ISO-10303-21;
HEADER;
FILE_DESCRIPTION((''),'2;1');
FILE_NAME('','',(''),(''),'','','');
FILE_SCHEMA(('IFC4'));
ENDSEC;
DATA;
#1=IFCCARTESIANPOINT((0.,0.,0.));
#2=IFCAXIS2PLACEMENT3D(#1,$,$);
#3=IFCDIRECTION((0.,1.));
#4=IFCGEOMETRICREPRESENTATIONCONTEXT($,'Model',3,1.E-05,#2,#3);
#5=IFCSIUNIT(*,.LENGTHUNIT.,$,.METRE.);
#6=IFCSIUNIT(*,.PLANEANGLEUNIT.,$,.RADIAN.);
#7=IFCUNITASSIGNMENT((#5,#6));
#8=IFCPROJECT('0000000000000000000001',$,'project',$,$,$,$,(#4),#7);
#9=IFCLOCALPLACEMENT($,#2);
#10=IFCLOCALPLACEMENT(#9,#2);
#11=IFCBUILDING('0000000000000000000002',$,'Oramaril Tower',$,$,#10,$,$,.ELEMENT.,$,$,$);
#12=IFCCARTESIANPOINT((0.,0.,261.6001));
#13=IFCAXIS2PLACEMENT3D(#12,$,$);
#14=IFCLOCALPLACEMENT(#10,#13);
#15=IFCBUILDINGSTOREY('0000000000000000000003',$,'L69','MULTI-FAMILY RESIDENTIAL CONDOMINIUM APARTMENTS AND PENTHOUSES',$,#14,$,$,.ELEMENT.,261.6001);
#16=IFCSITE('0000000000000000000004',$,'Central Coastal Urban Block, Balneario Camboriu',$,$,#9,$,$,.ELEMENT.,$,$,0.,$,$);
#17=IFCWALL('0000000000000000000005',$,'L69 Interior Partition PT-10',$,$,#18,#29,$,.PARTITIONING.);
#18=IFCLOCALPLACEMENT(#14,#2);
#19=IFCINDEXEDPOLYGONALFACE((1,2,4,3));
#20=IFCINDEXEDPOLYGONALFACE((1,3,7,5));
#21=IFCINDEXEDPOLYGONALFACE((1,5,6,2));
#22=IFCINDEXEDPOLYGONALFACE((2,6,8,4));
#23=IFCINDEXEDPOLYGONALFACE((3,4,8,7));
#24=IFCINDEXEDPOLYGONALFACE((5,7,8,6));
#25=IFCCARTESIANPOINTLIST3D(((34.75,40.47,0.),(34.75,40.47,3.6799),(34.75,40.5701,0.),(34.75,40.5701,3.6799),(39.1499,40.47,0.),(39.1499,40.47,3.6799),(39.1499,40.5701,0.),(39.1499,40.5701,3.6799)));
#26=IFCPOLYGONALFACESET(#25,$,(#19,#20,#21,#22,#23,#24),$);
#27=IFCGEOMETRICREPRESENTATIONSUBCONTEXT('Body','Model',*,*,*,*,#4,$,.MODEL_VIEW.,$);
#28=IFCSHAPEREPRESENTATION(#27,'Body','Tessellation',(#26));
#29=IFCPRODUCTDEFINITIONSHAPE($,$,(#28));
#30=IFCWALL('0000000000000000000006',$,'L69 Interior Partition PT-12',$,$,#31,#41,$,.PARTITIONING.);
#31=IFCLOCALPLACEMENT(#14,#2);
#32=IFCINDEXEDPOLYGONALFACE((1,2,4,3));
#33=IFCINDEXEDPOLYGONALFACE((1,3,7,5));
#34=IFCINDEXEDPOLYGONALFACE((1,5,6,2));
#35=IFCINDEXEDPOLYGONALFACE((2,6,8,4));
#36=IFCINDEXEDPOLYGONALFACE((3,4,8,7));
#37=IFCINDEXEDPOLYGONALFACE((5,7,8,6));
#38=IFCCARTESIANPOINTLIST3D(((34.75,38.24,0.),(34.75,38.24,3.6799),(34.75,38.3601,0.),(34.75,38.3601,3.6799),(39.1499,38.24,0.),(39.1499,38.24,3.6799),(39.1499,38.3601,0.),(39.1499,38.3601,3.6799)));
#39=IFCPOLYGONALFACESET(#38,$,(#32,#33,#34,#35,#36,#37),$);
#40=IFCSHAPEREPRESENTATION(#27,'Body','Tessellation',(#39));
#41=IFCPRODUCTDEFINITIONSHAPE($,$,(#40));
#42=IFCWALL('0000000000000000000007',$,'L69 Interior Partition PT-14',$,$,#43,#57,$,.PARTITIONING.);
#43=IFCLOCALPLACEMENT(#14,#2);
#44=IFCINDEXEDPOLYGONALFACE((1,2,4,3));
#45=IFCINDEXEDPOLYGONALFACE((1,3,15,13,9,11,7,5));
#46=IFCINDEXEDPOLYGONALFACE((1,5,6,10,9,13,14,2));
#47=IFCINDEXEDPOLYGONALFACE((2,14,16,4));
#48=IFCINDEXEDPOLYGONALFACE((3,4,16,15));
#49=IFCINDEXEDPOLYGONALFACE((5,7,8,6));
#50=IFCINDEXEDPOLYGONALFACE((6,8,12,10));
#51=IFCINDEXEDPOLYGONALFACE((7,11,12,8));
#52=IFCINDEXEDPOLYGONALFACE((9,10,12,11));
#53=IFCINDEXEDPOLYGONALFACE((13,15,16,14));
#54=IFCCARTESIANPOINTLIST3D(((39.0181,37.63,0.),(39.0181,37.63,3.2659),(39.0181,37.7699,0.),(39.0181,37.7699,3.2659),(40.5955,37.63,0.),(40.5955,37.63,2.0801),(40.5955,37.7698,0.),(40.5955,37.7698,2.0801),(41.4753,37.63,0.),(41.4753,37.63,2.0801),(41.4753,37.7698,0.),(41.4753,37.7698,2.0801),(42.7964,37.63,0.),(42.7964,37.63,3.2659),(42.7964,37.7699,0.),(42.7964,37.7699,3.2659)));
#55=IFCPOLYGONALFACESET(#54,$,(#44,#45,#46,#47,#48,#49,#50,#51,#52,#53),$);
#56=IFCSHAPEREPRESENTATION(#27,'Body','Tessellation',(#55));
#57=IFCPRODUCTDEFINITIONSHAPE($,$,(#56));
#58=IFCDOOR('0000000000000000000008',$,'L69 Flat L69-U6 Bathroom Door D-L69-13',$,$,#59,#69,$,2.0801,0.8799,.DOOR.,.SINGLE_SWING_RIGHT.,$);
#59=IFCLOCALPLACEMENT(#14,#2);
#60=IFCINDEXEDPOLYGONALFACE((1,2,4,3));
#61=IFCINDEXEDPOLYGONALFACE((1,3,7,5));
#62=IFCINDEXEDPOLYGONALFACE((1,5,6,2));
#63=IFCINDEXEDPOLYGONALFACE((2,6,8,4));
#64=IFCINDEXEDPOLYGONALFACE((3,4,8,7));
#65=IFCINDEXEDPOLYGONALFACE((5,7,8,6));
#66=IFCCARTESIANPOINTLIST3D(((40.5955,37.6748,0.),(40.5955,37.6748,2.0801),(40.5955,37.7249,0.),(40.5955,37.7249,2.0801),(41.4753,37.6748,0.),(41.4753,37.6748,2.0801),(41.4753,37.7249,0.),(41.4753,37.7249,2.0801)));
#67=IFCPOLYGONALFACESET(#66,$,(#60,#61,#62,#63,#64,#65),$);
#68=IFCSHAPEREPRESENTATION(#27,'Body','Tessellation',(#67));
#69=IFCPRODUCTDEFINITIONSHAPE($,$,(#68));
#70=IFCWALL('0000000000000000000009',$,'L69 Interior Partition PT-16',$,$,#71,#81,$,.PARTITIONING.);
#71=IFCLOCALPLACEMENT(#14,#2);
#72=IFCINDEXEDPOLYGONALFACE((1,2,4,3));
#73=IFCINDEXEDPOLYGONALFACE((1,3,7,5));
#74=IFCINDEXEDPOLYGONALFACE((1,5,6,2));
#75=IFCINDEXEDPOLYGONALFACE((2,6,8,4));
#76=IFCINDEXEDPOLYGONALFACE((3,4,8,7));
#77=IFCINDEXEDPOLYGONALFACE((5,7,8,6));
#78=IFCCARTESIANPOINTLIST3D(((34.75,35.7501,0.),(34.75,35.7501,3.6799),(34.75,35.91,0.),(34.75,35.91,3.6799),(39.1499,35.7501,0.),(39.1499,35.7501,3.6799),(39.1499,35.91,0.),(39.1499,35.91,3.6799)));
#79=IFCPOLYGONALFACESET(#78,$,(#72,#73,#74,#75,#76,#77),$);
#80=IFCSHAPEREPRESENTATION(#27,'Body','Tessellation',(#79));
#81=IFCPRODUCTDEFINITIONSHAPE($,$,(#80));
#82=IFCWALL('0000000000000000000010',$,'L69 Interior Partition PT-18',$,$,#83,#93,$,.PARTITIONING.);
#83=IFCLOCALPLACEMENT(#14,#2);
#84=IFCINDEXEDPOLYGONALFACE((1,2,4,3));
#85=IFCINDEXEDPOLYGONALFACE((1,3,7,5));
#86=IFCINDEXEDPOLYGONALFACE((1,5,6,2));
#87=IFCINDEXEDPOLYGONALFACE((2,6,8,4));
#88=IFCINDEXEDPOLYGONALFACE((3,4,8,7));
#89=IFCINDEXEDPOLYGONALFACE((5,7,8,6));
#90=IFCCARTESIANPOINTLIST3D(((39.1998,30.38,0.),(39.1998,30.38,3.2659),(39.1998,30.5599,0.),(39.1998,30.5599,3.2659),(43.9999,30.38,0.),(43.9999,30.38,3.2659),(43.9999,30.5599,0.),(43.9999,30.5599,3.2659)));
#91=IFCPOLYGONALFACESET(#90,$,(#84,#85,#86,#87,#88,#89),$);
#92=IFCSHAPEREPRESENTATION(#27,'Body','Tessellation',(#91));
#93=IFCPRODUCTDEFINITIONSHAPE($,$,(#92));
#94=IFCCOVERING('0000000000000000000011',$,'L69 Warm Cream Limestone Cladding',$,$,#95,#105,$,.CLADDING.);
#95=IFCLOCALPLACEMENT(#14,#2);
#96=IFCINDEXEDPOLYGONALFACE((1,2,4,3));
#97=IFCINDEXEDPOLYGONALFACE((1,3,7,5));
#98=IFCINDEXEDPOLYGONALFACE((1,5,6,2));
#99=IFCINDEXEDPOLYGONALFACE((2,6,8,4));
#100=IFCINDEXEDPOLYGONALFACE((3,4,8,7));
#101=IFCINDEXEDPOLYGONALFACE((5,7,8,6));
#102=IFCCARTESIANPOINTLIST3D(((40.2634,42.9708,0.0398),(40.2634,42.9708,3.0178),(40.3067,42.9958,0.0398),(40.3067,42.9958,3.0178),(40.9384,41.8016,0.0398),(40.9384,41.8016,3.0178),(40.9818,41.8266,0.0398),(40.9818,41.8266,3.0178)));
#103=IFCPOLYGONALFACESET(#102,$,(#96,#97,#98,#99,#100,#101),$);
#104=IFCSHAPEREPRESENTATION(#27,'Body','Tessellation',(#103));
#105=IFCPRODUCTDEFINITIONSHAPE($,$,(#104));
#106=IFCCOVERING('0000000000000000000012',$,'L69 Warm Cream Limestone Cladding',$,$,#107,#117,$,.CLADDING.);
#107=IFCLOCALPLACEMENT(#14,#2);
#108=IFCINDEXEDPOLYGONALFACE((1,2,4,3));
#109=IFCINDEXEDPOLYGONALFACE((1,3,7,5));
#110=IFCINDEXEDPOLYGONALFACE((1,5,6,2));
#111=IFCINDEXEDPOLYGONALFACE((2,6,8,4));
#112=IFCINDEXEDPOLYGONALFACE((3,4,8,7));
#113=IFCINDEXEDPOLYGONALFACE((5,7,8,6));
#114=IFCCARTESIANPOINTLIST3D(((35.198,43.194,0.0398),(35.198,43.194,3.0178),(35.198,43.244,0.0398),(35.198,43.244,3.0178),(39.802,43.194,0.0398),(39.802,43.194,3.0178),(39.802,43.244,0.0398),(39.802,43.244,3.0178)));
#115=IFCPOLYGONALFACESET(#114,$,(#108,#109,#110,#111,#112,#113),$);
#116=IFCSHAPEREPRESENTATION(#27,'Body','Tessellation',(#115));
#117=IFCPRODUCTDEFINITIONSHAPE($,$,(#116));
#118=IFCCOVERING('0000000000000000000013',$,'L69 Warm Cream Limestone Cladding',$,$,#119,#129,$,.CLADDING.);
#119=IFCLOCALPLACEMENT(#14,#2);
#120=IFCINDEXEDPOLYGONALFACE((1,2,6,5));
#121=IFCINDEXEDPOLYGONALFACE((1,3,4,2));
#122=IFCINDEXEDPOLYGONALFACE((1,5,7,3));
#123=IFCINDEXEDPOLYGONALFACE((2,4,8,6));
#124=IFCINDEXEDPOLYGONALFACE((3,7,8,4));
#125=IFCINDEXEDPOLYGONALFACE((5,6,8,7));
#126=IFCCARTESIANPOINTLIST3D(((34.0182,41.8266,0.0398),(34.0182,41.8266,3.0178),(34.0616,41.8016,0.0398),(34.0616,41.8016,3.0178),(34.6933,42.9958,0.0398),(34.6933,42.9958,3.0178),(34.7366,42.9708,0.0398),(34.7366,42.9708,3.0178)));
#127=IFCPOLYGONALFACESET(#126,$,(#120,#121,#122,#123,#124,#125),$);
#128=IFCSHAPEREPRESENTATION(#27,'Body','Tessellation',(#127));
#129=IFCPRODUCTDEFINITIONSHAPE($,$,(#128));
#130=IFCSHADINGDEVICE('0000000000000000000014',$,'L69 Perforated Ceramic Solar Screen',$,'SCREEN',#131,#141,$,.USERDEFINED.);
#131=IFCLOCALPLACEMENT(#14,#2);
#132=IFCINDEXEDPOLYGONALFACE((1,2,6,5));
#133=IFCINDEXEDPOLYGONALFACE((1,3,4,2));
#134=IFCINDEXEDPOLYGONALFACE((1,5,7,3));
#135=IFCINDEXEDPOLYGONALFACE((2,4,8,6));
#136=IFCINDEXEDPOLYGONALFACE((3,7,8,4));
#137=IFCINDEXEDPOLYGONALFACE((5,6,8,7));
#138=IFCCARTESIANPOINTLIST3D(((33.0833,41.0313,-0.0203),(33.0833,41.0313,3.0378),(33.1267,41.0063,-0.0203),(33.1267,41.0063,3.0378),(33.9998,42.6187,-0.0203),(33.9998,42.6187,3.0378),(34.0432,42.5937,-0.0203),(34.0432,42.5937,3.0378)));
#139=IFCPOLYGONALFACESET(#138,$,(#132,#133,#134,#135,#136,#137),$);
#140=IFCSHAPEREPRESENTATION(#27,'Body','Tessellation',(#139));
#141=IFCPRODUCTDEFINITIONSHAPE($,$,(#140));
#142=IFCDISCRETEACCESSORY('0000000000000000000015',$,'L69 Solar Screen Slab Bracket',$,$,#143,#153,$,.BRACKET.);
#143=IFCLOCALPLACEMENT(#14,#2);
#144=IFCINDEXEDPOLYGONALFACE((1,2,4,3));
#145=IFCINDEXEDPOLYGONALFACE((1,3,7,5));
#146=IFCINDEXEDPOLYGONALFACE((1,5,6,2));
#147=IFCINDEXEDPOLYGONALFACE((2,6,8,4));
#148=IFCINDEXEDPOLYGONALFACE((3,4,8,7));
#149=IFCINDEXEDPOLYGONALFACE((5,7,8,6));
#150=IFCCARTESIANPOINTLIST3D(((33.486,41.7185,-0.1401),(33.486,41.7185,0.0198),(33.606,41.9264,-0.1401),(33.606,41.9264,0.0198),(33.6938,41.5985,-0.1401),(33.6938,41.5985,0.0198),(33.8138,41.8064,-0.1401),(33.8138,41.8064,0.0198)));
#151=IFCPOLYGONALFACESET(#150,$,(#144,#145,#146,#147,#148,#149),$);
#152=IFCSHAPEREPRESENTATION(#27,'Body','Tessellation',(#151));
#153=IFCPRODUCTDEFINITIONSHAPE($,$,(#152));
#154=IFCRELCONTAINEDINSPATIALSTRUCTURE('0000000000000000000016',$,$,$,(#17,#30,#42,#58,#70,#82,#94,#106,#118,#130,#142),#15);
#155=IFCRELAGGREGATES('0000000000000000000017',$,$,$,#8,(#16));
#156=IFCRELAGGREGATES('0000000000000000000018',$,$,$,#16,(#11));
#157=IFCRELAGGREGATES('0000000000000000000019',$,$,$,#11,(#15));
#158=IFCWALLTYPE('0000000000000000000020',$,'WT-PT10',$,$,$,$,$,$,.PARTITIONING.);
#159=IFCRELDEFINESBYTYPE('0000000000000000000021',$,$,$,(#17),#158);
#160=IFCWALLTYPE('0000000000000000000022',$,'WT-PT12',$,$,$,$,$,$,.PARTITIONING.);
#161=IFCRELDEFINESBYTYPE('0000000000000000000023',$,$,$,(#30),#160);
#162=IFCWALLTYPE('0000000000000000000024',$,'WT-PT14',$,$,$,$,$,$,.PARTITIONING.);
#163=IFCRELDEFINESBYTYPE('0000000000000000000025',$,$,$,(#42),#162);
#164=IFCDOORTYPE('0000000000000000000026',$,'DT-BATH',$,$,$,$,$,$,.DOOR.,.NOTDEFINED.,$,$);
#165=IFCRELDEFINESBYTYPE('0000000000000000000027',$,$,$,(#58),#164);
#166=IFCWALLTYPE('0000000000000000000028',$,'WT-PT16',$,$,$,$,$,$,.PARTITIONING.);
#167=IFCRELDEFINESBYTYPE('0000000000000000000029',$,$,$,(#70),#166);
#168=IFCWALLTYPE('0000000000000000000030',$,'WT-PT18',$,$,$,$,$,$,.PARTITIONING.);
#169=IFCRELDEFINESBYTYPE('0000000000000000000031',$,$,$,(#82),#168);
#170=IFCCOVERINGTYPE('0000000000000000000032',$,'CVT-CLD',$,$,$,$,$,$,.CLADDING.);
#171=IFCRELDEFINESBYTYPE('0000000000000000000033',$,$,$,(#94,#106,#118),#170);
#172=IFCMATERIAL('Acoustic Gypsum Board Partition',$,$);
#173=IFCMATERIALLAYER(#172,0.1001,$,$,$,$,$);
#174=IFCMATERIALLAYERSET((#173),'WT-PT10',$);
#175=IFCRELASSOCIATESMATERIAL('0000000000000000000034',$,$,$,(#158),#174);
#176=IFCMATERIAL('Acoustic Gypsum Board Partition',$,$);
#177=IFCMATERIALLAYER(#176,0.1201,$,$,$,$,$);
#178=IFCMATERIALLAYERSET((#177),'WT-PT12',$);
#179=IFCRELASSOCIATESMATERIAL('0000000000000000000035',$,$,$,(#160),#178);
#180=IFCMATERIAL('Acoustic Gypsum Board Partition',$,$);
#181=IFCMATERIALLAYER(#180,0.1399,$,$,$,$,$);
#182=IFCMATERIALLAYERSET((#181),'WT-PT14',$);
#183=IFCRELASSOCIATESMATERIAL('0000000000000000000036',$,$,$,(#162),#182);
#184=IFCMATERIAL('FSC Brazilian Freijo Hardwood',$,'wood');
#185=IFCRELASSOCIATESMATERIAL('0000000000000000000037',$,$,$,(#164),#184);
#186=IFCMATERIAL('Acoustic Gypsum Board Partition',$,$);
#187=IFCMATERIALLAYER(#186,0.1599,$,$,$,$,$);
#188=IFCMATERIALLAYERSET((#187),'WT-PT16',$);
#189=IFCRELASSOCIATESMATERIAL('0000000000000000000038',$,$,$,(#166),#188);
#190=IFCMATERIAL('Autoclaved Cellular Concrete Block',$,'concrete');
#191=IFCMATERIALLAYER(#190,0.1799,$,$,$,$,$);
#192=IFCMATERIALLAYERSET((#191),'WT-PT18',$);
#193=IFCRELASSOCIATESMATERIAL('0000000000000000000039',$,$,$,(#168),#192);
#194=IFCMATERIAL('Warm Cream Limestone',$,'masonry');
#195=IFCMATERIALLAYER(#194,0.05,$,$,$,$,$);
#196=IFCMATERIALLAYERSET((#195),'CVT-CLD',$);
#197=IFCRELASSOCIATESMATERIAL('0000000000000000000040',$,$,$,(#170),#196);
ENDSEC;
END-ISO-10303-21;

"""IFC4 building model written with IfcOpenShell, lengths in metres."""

from ifc_helpers import new_model, si_unit, direction, frame, frame_2d, origin, origin_2d, place, context, subcontext, project, spatial, rectangle, extrude, material, layer, layer_set, type_object, element, fill, save


model = new_model("IFC4")

# Units and contexts
model_context = context("Model", 3, precision=1e-05, world=origin(), true_north=direction((0.0, 1.0)))
body_context = subcontext(model_context, "Body", "Model", "MODEL_VIEW")
ifc_project = project(units=[si_unit("LENGTHUNIT", "METRE"), si_unit("PLANEANGLEUNIT", "RADIAN")], contexts=[model_context])

# Site, building, storey
site_placement = place(None, origin())
site = spatial("IfcSite", under=ifc_project, at=site_placement, Name="Central Coastal Urban Block, Balneario Camboriu", CompositionType="ELEMENT", RefElevation=0.0)
building_placement = place(site_placement, origin())
building = spatial("IfcBuilding", under=site, at=building_placement, Name="Oramaril Tower", CompositionType="ELEMENT")
storey_placement = place(building_placement, frame((0.0, 0.0, 261.6001)))
storey = spatial("IfcBuildingStorey", under=building, at=storey_placement, Name="L69", Description="MULTI-FAMILY RESIDENTIAL CONDOMINIUM APARTMENTS AND PENTHOUSES", CompositionType="ELEMENT", Elevation=261.6001)

# Walls
ifc_material_1 = material(Name="Acoustic Gypsum Board Partition")
ifc_layer_1 = layer(ifc_material_1, 0.1001)
ifc_layer_set_1 = layer_set([ifc_layer_1], Name="WT-PT10")
wall_type_1 = type_object("IfcWallType", Name="WT-PT10", PredefinedType="PARTITIONING", material=ifc_layer_set_1)
for number, where, z_axis, x_axis, name in (
    (1, (34.75, 40.52, 0.0), (0.0, 0.0, 1.0), (1.0, 0.0, 0.0), "L69 Interior Partition PT-10"),
):
    element("IfcWall", number, at=place(storey_placement, frame(where, z_axis=z_axis, x_axis=x_axis)), inside=storey, type_object=wall_type_1, Name=name, PredefinedType="PARTITIONING", context=body_context, shape_type="SweptSolid", body=[
        extrude(rectangle(XDim=4.3999, YDim=0.1001, at=frame_2d((2.2, 0.0))), origin(), (0.0, 0.0, 1.0), 3.6799),
    ])
ifc_material_2 = material(Name="Acoustic Gypsum Board Partition")
ifc_layer_2 = layer(ifc_material_2, 0.1201)
ifc_layer_set_2 = layer_set([ifc_layer_2], Name="WT-PT12")
wall_type_2 = type_object("IfcWallType", Name="WT-PT12", PredefinedType="PARTITIONING", material=ifc_layer_set_2)
wall_1_placement = place(storey_placement, frame((34.75, 38.3, 0.0), z_axis=(0.0, 0.0, 1.0), x_axis=(1.0, 0.0, 0.0)))
element("IfcWall", 2, at=wall_1_placement, inside=storey, type_object=wall_type_2, Name="L69 Interior Partition PT-12", PredefinedType="PARTITIONING", context=body_context, shape_type="SweptSolid", body=[
    extrude(rectangle(XDim=4.3999, YDim=0.1201, at=frame_2d((2.2, 0.0))), origin(), (0.0, 0.0, 1.0), 3.6799),
])

# Wall, opening, door
ifc_material_3 = material(Name="Acoustic Gypsum Board Partition")
ifc_layer_3 = layer(ifc_material_3, 0.1399)
ifc_layer_set_3 = layer_set([ifc_layer_3], Name="WT-PT14")
wall_type_3 = type_object("IfcWallType", Name="WT-PT14", PredefinedType="PARTITIONING", material=ifc_layer_set_3)
wall_2_placement = place(storey_placement, frame((39.0181, 37.7, 0.0), z_axis=(0.0, 0.0, 1.0), x_axis=(1.0, 0.0, 0.0)))
wall_2 = element("IfcWall", 3, at=wall_2_placement, inside=storey, type_object=wall_type_3, Name="L69 Interior Partition PT-14", PredefinedType="PARTITIONING", context=body_context, shape_type="SweptSolid", body=[
    extrude(rectangle(XDim=3.7783, YDim=0.1399, at=frame_2d((1.8892, 0.0))), origin(), (0.0, 0.0, 1.0), 3.2659),
])
opening_1_placement = place(wall_2_placement, frame((1.5774, 0.0, 0.0)))
opening_1 = element("IfcOpeningElement", 4, at=opening_1_placement, cuts=wall_2, PredefinedType="OPENING", context=body_context, shape_type="SweptSolid", body=[
    extrude(rectangle(XDim=0.8799, YDim=2.0801, at=frame_2d((0.4399, 1.04))), frame((0.0, 0.0698, 0.0), z_axis=(0.0, -1.0, 0.0), x_axis=(1.0, 0.0, 0.0)), (0.0, 0.0, 1.0), 0.1399),
])
ifc_material_4 = material(Name="FSC Brazilian Freijo Hardwood", Category="wood")
door_type_1 = type_object("IfcDoorType", Name="DT-BATH", OperationType="NOTDEFINED", PredefinedType="DOOR", material=ifc_material_4)
door_1_placement = place(opening_1_placement, origin())
door_1 = element("IfcDoor", 5, at=door_1_placement, inside=storey, type_object=door_type_1, Name="L69 Flat L69-U6 Bathroom Door D-L69-13", OperationType="SINGLE_SWING_RIGHT", OverallHeight=2.0801, OverallWidth=0.8799, PredefinedType="DOOR", context=body_context, shape_type="SweptSolid", body=[
    extrude(rectangle(XDim=0.8799, YDim=2.0801, at=frame_2d((0.4399, 1.04))), frame((0.0, 0.0249, 0.0), z_axis=(0.0, -1.0, 0.0), x_axis=(1.0, 0.0, 0.0)), (0.0, 0.0, 1.0), 0.05),
])
fill(opening_1, door_1)

# Walls
ifc_material_5 = material(Name="Acoustic Gypsum Board Partition")
ifc_layer_4 = layer(ifc_material_5, 0.1599)
ifc_layer_set_4 = layer_set([ifc_layer_4], Name="WT-PT16")
wall_type_4 = type_object("IfcWallType", Name="WT-PT16", PredefinedType="PARTITIONING", material=ifc_layer_set_4)
wall_3_placement = place(storey_placement, frame((34.75, 35.8301, 0.0), z_axis=(0.0, 0.0, 1.0), x_axis=(1.0, 0.0, 0.0)))
element("IfcWall", 6, at=wall_3_placement, inside=storey, type_object=wall_type_4, Name="L69 Interior Partition PT-16", PredefinedType="PARTITIONING", context=body_context, shape_type="SweptSolid", body=[
    extrude(rectangle(XDim=4.3999, YDim=0.1599, at=frame_2d((2.2, 0.0))), origin(), (0.0, 0.0, 1.0), 3.6799),
])
ifc_material_6 = material(Name="Autoclaved Cellular Concrete Block", Category="concrete")
ifc_layer_5 = layer(ifc_material_6, 0.1799)
ifc_layer_set_5 = layer_set([ifc_layer_5], Name="WT-PT18")
wall_type_5 = type_object("IfcWallType", Name="WT-PT18", PredefinedType="PARTITIONING", material=ifc_layer_set_5)
wall_4_placement = place(storey_placement, frame((39.2, 30.47, 0.0), z_axis=(0.0, 0.0, 1.0), x_axis=(1.0, 0.0, 0.0)))
element("IfcWall", 7, at=wall_4_placement, inside=storey, type_object=wall_type_5, Name="L69 Interior Partition PT-18", PredefinedType="PARTITIONING", context=body_context, shape_type="SweptSolid", body=[
    extrude(rectangle(XDim=4.8, YDim=0.1799, at=frame_2d((2.3999, 0.0))), origin(), (0.0, 0.0, 1.0), 3.2659),
])

# Coverings
ifc_material_7 = material(Name="Warm Cream Limestone", Category="masonry")
ifc_layer_6 = layer(ifc_material_7, 0.05)
ifc_layer_set_6 = layer_set([ifc_layer_6], Name="CVT-CLD")
covering_type = type_object("IfcCoveringType", Name="CVT-CLD", PredefinedType="CLADDING", material=ifc_layer_set_6)
covering_1_placement = place(storey_placement, frame((40.6226, 42.3987, 0.0398), z_axis=(0.0, 0.0, 1.0), x_axis=(-0.5, 0.866025, 0.0)))
element("IfcCovering", 8, at=covering_1_placement, inside=storey, type_object=covering_type, Name="L69 Warm Cream Limestone Cladding", PredefinedType="CLADDING", context=body_context, shape_type="SweptSolid", body=[
    extrude(rectangle(XDim=1.3501, YDim=0.05, at=origin_2d()), origin(), (0.0, 0.0, 1.0), 2.978),
])
covering_2_placement = place(storey_placement, frame((37.5, 43.219, 0.0398), z_axis=(0.0, 0.0, 1.0), x_axis=(-1.0, 0.0, 0.0)))
element("IfcCovering", 9, at=covering_2_placement, inside=storey, type_object=covering_type, Name="L69 Warm Cream Limestone Cladding", PredefinedType="CLADDING", context=body_context, shape_type="SweptSolid", body=[
    extrude(rectangle(XDim=4.604, YDim=0.05, at=origin_2d()), origin(), (0.0, 0.0, 1.0), 2.978),
])
covering_3_placement = place(storey_placement, frame((34.3774, 42.3987, 0.0398), z_axis=(0.0, 0.0, 1.0), x_axis=(-0.5, -0.866025, 0.0)))
element("IfcCovering", 10, at=covering_3_placement, inside=storey, type_object=covering_type, Name="L69 Warm Cream Limestone Cladding", PredefinedType="CLADDING", context=body_context, shape_type="SweptSolid", body=[
    extrude(rectangle(XDim=1.3501, YDim=0.05, at=origin_2d()), origin(), (0.0, 0.0, 1.0), 2.978),
])

# Shading device
shading_device_placement = place(storey_placement, frame((33.5632, 41.8125, -0.0203), z_axis=(0.0, 0.0, 1.0), x_axis=(-0.5, -0.866025, 0.0)))
element("IfcShadingDevice", 11, at=shading_device_placement, inside=storey, Name="L69 Perforated Ceramic Solar Screen", ObjectType="SCREEN", PredefinedType="USERDEFINED", context=body_context, shape_type="SweptSolid", body=[
    extrude(rectangle(XDim=1.833, YDim=0.05, at=origin_2d()), origin(), (0.0, 0.0, 1.0), 3.0581),
])

# Discrete accessory
discrete_accessory_placement = place(storey_placement, frame((33.6499, 41.7625, -0.1401), z_axis=(0.0, 0.0, 1.0), x_axis=(-0.5, -0.866025, 0.0)))
element("IfcDiscreteAccessory", 12, at=discrete_accessory_placement, inside=storey, Name="L69 Solar Screen Slab Bracket", PredefinedType="BRACKET", context=body_context, shape_type="SweptSolid", body=[
    extrude(rectangle(XDim=0.24, YDim=0.24, at=origin_2d()), origin(), (0.0, 0.0, 1.0), 0.1599),
])

save(model, "model.ifc")
